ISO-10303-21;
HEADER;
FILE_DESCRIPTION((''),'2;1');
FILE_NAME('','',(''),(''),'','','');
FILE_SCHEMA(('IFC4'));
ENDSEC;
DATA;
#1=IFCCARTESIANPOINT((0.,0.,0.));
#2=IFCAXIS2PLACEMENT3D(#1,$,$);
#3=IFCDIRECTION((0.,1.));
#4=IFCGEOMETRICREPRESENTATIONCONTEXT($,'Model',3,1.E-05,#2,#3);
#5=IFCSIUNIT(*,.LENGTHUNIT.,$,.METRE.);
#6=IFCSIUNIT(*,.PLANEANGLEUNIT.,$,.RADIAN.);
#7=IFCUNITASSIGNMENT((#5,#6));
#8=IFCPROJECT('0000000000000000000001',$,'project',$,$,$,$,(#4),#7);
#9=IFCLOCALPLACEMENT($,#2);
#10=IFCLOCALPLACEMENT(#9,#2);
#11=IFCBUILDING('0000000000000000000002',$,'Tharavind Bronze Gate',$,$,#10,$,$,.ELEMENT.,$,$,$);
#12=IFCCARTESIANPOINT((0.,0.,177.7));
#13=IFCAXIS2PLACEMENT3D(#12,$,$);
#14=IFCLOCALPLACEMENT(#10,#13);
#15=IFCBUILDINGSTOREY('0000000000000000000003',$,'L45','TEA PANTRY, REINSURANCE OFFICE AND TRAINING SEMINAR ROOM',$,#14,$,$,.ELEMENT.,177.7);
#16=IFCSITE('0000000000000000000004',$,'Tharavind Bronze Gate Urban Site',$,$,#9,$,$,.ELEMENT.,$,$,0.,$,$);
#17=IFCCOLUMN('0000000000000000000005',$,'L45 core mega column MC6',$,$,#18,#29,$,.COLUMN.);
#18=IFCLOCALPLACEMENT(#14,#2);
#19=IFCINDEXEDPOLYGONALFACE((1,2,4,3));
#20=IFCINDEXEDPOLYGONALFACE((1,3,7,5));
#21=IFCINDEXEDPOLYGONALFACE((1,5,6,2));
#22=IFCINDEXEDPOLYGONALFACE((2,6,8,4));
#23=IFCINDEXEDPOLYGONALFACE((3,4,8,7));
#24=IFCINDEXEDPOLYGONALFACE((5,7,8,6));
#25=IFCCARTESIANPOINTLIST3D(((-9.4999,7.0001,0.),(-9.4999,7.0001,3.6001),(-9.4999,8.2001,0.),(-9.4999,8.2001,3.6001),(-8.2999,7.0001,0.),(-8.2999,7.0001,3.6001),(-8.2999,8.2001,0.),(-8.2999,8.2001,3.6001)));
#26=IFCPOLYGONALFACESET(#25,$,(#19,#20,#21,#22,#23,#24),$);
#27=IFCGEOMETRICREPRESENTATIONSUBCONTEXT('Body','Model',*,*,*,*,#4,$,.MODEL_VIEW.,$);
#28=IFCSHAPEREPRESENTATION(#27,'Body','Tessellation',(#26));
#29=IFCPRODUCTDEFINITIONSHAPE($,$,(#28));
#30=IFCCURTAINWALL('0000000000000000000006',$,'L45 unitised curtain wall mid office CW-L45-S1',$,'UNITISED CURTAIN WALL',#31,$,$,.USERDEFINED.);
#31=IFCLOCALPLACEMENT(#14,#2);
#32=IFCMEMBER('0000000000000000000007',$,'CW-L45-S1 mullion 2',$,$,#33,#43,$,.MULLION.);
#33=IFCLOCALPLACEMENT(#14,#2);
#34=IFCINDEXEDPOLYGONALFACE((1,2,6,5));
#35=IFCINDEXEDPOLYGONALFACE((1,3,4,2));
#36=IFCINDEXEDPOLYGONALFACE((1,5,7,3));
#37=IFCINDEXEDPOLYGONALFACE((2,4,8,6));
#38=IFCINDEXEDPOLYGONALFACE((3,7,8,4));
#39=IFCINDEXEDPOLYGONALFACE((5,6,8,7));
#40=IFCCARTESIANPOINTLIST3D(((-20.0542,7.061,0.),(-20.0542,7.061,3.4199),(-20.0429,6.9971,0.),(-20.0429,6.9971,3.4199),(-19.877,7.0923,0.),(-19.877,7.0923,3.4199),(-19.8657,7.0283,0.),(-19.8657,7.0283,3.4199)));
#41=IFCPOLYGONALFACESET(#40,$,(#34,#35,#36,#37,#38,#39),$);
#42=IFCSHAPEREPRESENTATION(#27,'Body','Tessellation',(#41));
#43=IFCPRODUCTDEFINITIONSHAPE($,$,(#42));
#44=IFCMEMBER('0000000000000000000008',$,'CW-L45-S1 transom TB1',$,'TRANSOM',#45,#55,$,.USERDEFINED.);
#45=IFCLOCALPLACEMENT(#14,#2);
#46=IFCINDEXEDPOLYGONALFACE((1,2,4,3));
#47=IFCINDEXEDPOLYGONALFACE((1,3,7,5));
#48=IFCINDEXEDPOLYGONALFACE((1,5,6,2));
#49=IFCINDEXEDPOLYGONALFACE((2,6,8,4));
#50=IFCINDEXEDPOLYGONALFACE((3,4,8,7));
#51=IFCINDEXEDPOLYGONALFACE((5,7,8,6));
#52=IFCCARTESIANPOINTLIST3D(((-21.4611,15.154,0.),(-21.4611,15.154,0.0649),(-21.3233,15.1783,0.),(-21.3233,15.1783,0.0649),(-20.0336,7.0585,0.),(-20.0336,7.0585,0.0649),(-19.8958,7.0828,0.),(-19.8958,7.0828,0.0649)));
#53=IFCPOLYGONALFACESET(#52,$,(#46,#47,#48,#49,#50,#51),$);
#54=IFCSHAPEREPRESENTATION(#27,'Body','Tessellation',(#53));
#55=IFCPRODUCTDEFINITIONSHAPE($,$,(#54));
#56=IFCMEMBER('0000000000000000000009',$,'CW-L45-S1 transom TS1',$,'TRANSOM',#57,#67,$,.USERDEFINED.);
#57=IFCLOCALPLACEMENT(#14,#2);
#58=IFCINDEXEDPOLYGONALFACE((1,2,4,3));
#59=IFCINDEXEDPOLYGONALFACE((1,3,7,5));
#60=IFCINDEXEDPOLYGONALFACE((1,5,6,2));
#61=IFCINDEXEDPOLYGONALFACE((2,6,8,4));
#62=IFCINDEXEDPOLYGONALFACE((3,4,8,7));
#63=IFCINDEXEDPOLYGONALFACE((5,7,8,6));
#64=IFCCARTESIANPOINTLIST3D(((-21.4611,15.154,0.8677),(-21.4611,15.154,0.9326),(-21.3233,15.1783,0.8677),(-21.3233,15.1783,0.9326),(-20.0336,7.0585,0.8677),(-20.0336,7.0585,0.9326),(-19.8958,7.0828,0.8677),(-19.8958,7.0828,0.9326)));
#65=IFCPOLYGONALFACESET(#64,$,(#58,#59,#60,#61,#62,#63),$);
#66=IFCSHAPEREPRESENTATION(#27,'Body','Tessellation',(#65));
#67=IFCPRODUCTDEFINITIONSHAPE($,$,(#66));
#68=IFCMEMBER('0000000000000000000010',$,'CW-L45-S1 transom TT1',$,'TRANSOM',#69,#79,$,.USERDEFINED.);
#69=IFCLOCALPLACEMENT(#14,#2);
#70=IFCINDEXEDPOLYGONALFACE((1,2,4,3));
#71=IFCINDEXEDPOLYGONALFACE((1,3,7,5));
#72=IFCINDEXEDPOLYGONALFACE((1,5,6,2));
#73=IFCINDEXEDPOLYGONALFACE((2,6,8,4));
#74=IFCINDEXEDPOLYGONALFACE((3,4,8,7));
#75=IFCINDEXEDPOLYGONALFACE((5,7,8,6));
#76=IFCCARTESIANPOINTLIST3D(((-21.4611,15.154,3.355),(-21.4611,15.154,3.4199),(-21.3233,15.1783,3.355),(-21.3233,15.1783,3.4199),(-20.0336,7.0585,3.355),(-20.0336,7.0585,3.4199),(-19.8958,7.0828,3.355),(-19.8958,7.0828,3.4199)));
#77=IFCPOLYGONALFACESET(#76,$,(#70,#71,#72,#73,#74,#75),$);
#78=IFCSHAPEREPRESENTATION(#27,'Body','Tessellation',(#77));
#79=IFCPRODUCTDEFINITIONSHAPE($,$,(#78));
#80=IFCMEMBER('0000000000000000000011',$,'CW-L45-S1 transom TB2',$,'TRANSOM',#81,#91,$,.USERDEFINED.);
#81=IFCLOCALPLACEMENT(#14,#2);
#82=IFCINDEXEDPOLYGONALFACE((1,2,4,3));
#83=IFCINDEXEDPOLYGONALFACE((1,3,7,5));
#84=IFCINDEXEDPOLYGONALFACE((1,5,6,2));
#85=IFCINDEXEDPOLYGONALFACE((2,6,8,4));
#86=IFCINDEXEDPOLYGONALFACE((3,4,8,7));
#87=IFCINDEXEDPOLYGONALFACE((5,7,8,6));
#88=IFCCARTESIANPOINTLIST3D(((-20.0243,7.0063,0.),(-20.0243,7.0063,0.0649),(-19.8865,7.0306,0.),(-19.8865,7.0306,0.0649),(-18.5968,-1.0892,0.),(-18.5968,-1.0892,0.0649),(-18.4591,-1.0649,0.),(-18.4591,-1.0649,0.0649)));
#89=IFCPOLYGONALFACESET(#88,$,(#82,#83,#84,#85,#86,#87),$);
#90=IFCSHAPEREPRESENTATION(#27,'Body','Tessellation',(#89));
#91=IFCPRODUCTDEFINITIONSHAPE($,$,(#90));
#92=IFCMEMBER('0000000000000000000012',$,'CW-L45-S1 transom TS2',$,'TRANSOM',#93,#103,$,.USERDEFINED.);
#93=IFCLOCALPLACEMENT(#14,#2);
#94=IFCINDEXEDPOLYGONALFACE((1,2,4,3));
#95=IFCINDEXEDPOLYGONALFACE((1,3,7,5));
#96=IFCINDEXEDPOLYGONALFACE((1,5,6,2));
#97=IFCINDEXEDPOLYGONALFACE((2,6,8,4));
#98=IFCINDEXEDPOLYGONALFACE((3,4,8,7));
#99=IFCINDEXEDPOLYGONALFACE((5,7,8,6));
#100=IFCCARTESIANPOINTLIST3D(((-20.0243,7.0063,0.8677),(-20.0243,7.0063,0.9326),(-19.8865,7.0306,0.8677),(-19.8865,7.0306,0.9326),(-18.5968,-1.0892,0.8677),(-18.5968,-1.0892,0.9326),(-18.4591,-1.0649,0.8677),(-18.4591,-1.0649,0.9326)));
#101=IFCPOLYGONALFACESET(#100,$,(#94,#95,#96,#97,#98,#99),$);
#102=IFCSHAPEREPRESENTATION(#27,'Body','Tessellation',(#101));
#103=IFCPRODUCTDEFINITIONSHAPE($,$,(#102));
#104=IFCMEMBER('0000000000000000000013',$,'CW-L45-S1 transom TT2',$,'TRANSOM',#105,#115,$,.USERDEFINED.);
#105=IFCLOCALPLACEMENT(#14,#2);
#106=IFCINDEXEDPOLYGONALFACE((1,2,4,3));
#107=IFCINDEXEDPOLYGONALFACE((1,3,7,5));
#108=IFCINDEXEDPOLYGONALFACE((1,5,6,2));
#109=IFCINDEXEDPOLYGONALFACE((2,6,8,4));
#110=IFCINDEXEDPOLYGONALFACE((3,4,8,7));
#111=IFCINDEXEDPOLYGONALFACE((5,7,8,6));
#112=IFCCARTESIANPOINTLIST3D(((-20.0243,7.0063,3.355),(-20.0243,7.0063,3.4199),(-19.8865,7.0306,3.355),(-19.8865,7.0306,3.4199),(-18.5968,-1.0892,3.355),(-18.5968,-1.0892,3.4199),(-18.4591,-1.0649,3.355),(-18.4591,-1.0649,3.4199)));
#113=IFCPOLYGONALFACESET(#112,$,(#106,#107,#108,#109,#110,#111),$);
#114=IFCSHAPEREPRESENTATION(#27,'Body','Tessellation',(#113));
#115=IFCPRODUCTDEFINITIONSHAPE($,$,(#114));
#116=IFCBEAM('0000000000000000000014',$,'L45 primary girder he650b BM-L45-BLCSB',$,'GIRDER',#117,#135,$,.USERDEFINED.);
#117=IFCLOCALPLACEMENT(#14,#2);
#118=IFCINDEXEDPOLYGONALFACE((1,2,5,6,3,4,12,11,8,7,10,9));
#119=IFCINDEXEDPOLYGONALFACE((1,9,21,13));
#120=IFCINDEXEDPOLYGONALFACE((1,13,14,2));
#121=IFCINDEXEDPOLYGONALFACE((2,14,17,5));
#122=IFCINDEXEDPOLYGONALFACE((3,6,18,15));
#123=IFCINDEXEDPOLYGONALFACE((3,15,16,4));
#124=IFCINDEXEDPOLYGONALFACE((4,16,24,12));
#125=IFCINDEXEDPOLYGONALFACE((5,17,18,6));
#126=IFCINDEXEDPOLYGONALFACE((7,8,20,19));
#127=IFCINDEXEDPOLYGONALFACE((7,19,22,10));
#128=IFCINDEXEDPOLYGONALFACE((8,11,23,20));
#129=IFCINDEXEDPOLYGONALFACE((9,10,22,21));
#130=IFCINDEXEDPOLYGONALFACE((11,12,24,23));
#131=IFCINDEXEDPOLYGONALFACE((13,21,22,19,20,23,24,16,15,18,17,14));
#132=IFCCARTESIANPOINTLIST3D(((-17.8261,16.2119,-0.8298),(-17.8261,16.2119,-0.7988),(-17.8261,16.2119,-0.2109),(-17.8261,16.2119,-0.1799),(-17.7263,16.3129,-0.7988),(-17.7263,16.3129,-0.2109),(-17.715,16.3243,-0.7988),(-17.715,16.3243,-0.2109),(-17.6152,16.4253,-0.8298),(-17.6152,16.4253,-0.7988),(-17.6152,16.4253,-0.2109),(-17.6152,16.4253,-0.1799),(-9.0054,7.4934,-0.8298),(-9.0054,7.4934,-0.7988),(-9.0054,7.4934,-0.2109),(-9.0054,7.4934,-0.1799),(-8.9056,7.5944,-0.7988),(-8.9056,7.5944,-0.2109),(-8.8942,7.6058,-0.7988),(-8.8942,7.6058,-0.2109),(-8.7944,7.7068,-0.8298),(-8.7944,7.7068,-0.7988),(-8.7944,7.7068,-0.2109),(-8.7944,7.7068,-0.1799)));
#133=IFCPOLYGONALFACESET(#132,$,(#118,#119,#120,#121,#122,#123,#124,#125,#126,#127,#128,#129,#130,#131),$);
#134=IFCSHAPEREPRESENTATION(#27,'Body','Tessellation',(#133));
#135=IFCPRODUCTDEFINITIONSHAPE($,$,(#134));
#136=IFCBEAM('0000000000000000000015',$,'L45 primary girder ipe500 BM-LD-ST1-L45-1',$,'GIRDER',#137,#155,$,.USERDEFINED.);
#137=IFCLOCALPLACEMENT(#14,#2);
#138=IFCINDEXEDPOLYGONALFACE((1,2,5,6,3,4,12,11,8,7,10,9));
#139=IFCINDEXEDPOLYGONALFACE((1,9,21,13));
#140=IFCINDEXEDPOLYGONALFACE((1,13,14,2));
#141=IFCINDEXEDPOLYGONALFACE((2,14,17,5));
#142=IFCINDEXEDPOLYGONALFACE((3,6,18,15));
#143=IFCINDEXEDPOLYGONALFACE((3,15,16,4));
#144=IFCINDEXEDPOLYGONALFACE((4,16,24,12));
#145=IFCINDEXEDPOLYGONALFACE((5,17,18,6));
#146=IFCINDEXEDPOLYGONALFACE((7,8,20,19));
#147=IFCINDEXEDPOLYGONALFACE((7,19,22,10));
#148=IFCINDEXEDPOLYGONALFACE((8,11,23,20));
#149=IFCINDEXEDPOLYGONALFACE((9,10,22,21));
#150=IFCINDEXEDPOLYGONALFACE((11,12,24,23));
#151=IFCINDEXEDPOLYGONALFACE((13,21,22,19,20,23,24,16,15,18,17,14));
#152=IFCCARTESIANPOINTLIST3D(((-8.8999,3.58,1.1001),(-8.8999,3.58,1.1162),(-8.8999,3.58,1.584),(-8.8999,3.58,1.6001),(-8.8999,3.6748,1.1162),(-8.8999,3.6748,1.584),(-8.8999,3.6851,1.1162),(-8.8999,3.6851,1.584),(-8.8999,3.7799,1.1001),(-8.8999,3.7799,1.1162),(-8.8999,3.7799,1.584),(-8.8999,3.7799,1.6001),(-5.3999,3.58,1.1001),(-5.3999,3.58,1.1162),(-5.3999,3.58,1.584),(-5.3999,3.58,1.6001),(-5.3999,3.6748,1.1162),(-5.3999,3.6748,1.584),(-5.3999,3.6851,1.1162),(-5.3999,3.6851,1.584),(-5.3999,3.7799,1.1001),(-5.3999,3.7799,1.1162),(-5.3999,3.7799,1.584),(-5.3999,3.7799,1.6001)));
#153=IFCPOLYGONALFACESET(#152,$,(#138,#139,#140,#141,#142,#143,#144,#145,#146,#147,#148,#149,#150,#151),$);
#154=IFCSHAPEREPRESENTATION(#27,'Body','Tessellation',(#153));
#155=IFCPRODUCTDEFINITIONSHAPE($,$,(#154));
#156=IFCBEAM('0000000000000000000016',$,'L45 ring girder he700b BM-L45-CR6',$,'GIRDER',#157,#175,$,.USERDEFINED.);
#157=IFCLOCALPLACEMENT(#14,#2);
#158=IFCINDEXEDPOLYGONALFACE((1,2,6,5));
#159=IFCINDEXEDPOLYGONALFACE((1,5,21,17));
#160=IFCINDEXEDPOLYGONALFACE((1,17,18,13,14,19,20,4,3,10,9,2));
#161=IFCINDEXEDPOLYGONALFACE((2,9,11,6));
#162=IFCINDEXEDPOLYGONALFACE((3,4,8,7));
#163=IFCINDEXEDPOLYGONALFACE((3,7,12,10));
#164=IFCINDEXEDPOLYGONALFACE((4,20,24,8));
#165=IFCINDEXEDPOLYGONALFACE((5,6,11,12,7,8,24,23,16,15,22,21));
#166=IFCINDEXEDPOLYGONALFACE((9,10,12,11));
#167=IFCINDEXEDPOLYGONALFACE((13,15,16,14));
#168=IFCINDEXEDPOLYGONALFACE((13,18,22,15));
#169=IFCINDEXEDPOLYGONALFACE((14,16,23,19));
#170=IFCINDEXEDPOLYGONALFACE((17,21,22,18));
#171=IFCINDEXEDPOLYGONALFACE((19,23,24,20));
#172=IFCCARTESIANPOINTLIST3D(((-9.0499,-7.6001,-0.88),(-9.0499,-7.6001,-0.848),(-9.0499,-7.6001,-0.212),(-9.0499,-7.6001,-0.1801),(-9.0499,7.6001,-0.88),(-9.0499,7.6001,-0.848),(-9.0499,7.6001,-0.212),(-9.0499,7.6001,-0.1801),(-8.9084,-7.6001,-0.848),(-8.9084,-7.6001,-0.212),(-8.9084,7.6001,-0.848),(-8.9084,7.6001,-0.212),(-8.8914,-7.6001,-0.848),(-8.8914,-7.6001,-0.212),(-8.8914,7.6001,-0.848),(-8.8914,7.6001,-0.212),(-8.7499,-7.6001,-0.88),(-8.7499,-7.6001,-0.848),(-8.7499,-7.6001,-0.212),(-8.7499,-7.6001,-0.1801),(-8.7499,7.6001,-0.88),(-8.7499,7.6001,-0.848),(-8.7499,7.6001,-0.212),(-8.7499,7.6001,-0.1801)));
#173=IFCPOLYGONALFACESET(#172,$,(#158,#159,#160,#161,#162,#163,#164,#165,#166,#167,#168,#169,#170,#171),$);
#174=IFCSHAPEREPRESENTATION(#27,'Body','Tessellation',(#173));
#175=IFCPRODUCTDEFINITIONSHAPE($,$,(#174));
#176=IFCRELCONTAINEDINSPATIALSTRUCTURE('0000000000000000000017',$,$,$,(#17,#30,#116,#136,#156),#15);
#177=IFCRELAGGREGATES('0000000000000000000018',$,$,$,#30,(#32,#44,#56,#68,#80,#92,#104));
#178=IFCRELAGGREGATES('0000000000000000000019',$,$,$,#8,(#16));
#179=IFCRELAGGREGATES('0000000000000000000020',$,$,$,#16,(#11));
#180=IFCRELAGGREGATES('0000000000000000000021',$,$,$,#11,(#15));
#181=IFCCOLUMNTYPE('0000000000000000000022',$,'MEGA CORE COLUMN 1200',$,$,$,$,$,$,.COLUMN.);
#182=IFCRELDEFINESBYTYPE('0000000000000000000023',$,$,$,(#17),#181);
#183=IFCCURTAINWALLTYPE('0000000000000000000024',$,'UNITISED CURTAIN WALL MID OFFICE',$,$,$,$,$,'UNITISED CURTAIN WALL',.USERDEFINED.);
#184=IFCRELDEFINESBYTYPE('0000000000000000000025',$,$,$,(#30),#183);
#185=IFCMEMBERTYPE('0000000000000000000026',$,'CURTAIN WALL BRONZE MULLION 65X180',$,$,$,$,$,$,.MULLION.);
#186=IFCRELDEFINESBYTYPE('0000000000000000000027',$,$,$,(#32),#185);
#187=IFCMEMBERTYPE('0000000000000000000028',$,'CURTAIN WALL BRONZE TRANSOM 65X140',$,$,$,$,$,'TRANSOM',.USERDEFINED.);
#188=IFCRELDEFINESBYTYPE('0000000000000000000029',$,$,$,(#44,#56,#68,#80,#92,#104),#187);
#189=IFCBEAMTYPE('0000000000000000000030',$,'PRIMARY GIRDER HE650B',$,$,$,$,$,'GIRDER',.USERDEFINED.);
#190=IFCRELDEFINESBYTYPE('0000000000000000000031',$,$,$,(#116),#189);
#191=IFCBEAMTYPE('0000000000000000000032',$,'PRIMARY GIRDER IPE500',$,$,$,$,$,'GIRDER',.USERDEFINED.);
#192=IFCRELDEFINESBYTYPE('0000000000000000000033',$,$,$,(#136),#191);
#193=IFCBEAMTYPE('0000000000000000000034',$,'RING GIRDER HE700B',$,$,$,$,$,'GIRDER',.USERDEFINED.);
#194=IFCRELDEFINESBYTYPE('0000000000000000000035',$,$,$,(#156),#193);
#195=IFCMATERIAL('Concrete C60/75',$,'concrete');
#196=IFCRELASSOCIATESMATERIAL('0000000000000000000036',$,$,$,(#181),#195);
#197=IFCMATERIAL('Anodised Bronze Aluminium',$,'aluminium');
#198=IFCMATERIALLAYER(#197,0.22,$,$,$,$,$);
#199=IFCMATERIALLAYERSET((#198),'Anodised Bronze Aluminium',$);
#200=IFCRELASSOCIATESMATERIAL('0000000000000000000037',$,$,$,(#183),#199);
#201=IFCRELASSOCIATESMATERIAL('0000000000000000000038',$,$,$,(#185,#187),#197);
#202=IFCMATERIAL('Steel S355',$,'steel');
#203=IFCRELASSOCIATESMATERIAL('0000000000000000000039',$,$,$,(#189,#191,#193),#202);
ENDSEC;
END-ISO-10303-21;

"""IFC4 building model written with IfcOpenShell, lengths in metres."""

from ifc_helpers import new_model, si_unit, direction, frame, origin, origin_2d, place, context, subcontext, project, spatial, rectangle, i_section, extrude, material, layer, layer_set, material_profile, profile_set, type_object, element, aggregate, save


model = new_model("IFC4")

# Units and contexts
model_context = context("Model", 3, precision=1e-05, world=origin(), true_north=direction((0.0, 1.0)))
body_context = subcontext(model_context, "Body", "Model", "MODEL_VIEW")
ifc_project = project(units=[si_unit("LENGTHUNIT", "METRE"), si_unit("PLANEANGLEUNIT", "RADIAN")], contexts=[model_context])

# Site, building, storey
site_placement = place(None, origin())
site = spatial("IfcSite", under=ifc_project, at=site_placement, Name="Tharavind Bronze Gate Urban Site", CompositionType="ELEMENT", RefElevation=0.0)
building_placement = place(site_placement, origin())
building = spatial("IfcBuilding", under=site, at=building_placement, Name="Tharavind Bronze Gate", CompositionType="ELEMENT")
storey_placement = place(building_placement, frame((0.0, 0.0, 177.7)))
storey = spatial("IfcBuildingStorey", under=building, at=storey_placement, Name="L45", Description="TEA PANTRY, REINSURANCE OFFICE AND TRAINING SEMINAR ROOM", CompositionType="ELEMENT", Elevation=177.7)

# Column
ifc_material_1 = material(Name="Concrete C60/75", Category="concrete")
ifc_material_profile_1 = material_profile(ifc_material_1, rectangle(XDim=1.2, YDim=1.2, at=origin_2d()), Name="RCCOL1200")
ifc_profile_set_1 = profile_set([ifc_material_profile_1], Name="Concrete C60/75")
column_type = type_object("IfcColumnType", Name="MEGA CORE COLUMN 1200", PredefinedType="COLUMN", material=ifc_profile_set_1)
column_placement = place(storey_placement, frame((-8.8999, 7.6001, 0.0), z_axis=(0.0, 0.0, 1.0), x_axis=(1.0, 0.0, 0.0)))
element("IfcColumn", 1, at=column_placement, inside=storey, type_object=column_type, Name="L45 core mega column MC6", PredefinedType="COLUMN", context=body_context, shape_type="SweptSolid", body=[
    extrude(rectangle(XDim=1.2, YDim=1.2, at=origin_2d()), origin(), (0.0, 0.0, 1.0), 3.6001),
])

# Curtain wall, members
ifc_material_2 = material(Name="Anodised Bronze Aluminium", Category="aluminium")
ifc_layer_1 = layer(ifc_material_2, 0.22)
ifc_layer_set_1 = layer_set([ifc_layer_1], Name="Anodised Bronze Aluminium")
curtain_wall_type = type_object("IfcCurtainWallType", Name="UNITISED CURTAIN WALL MID OFFICE", ElementType="UNITISED CURTAIN WALL", PredefinedType="USERDEFINED", material=ifc_layer_set_1)
curtain_wall_placement = place(storey_placement, origin())
curtain_wall = element("IfcCurtainWall", 2, at=curtain_wall_placement, inside=storey, type_object=curtain_wall_type, Name="L45 unitised curtain wall mid office CW-L45-S1", ObjectType="UNITISED CURTAIN WALL", PredefinedType="USERDEFINED")
member_type_1 = type_object("IfcMemberType", Name="CURTAIN WALL BRONZE MULLION 65X180", PredefinedType="MULLION", material=ifc_material_2)
member_1_placement = place(storey_placement, frame((-19.96, 7.0447, 0.0), z_axis=(0.0, 0.0, 1.0), x_axis=(0.173648, -0.984808, 0.0)))
member_1 = element("IfcMember", 3, at=member_1_placement, type_object=member_type_1, Name="CW-L45-S1 mullion 2", PredefinedType="MULLION", context=body_context, shape_type="SweptSolid", body=[
    extrude(rectangle(XDim=0.0649, YDim=0.1799, at=origin_2d()), origin(), (0.0, 0.0, 1.0), 3.4199),
])
member_type_2 = type_object("IfcMemberType", Name="CURTAIN WALL BRONZE TRANSOM 65X140", ElementType="TRANSOM", PredefinedType="USERDEFINED", material=ifc_material_2)
member_2_placement = place(storey_placement, frame((-20.6785, 11.1184, 0.0), z_axis=(0.0, 0.0, 1.0), x_axis=(0.173648, -0.984808, 0.0)))
member_2 = element("IfcMember", 4, at=member_2_placement, type_object=member_type_2, Name="CW-L45-S1 transom TB1", ObjectType="TRANSOM", PredefinedType="USERDEFINED", context=body_context, shape_type="SweptSolid", body=[
    extrude(rectangle(XDim=8.2205, YDim=0.1399, at=origin_2d()), origin(), (0.0, 0.0, 1.0), 0.0649),
])
member_3_placement = place(storey_placement, frame((-20.6785, 11.1184, 0.8677), z_axis=(0.0, 0.0, 1.0), x_axis=(0.173648, -0.984808, 0.0)))
member_3 = element("IfcMember", 5, at=member_3_placement, type_object=member_type_2, Name="CW-L45-S1 transom TS1", ObjectType="TRANSOM", PredefinedType="USERDEFINED", context=body_context, shape_type="SweptSolid", body=[
    extrude(rectangle(XDim=8.2205, YDim=0.1399, at=origin_2d()), origin(), (0.0, 0.0, 1.0), 0.0649),
])
member_4_placement = place(storey_placement, frame((-20.6785, 11.1184, 3.355), z_axis=(0.0, 0.0, 1.0), x_axis=(0.173648, -0.984808, 0.0)))
member_4 = element("IfcMember", 6, at=member_4_placement, type_object=member_type_2, Name="CW-L45-S1 transom TT1", ObjectType="TRANSOM", PredefinedType="USERDEFINED", context=body_context, shape_type="SweptSolid", body=[
    extrude(rectangle(XDim=8.2205, YDim=0.1399, at=origin_2d()), origin(), (0.0, 0.0, 1.0), 0.0649),
])
member_5_placement = place(storey_placement, frame((-19.2417, 2.9707, 0.0), z_axis=(0.0, 0.0, 1.0), x_axis=(0.173648, -0.984808, 0.0)))
member_5 = element("IfcMember", 7, at=member_5_placement, type_object=member_type_2, Name="CW-L45-S1 transom TB2", ObjectType="TRANSOM", PredefinedType="USERDEFINED", context=body_context, shape_type="SweptSolid", body=[
    extrude(rectangle(XDim=8.2205, YDim=0.1399, at=origin_2d()), origin(), (0.0, 0.0, 1.0), 0.0649),
])
member_6_placement = place(storey_placement, frame((-19.2417, 2.9707, 0.8677), z_axis=(0.0, 0.0, 1.0), x_axis=(0.173648, -0.984808, 0.0)))
member_6 = element("IfcMember", 8, at=member_6_placement, type_object=member_type_2, Name="CW-L45-S1 transom TS2", ObjectType="TRANSOM", PredefinedType="USERDEFINED", context=body_context, shape_type="SweptSolid", body=[
    extrude(rectangle(XDim=8.2205, YDim=0.1399, at=origin_2d()), origin(), (0.0, 0.0, 1.0), 0.0649),
])
member_7_placement = place(storey_placement, frame((-19.2417, 2.9707, 3.355), z_axis=(0.0, 0.0, 1.0), x_axis=(0.173648, -0.984808, 0.0)))
member_7 = element("IfcMember", 9, at=member_7_placement, type_object=member_type_2, Name="CW-L45-S1 transom TT2", ObjectType="TRANSOM", PredefinedType="USERDEFINED", context=body_context, shape_type="SweptSolid", body=[
    extrude(rectangle(XDim=8.2205, YDim=0.1399, at=origin_2d()), origin(), (0.0, 0.0, 1.0), 0.0649),
])

# Beams
ifc_material_3 = material(Name="Steel S355", Category="steel")
ifc_material_profile_2 = material_profile(ifc_material_3, i_section(OverallWidth=0.3, OverallDepth=0.6499, WebThickness=0.0161, FlangeThickness=0.031, at=origin_2d()), Name="HE650B")
ifc_profile_set_2 = profile_set([ifc_material_profile_2], Name="Steel S355")
beam_type_1 = type_object("IfcBeamType", Name="PRIMARY GIRDER HE650B", ElementType="GIRDER", PredefinedType="USERDEFINED", material=ifc_profile_set_2)
beam_1_placement = place(storey_placement, frame((-8.8999, 7.6001, -0.5049), z_axis=(-0.711219, 0.702971, 0.0), x_axis=(-0.702971, -0.711219, 0.0)))
element("IfcBeam", 10, at=beam_1_placement, inside=storey, type_object=beam_type_1, Name="L45 primary girder he650b BM-L45-BLCSB", ObjectType="GIRDER", PredefinedType="USERDEFINED", context=body_context, shape_type="SweptSolid", body=[
    extrude(i_section(OverallWidth=0.3, OverallDepth=0.6499, WebThickness=0.0161, FlangeThickness=0.031, at=origin_2d()), origin(), (0.0, 0.0, 1.0), 12.4023),
])
ifc_material_profile_3 = material_profile(ifc_material_3, i_section(OverallWidth=0.2, OverallDepth=0.5, WebThickness=0.0103, FlangeThickness=0.0161, at=origin_2d()), Name="IPE500")
ifc_profile_set_3 = profile_set([ifc_material_profile_3], Name="Steel S355")
beam_type_2 = type_object("IfcBeamType", Name="PRIMARY GIRDER IPE500", ElementType="GIRDER", PredefinedType="USERDEFINED", material=ifc_profile_set_3)
beam_2_placement = place(storey_placement, frame((-8.8999, 3.6799, 1.3501), z_axis=(1.0, 0.0, 0.0), x_axis=(0.0, 1.0, 0.0)))
element("IfcBeam", 11, at=beam_2_placement, inside=storey, type_object=beam_type_2, Name="L45 primary girder ipe500 BM-LD-ST1-L45-1", ObjectType="GIRDER", PredefinedType="USERDEFINED", context=body_context, shape_type="SweptSolid", body=[
    extrude(i_section(OverallWidth=0.2, OverallDepth=0.5, WebThickness=0.0103, FlangeThickness=0.0161, at=origin_2d()), origin(), (0.0, 0.0, 1.0), 3.5),
])
ifc_material_profile_4 = material_profile(ifc_material_3, i_section(OverallWidth=0.3, OverallDepth=0.7, WebThickness=0.0171, FlangeThickness=0.032, at=origin_2d()), Name="HE700B")
ifc_profile_set_4 = profile_set([ifc_material_profile_4], Name="Steel S355")
beam_type_3 = type_object("IfcBeamType", Name="RING GIRDER HE700B", ElementType="GIRDER", PredefinedType="USERDEFINED", material=ifc_profile_set_4)
beam_3_placement = place(storey_placement, frame((-8.8999, 7.6001, -0.53), z_axis=(0.0, -1.0, 0.0), x_axis=(1.0, 0.0, 0.0)))
element("IfcBeam", 12, at=beam_3_placement, inside=storey, type_object=beam_type_3, Name="L45 ring girder he700b BM-L45-CR6", ObjectType="GIRDER", PredefinedType="USERDEFINED", context=body_context, shape_type="SweptSolid", body=[
    extrude(i_section(OverallWidth=0.3, OverallDepth=0.7, WebThickness=0.0171, FlangeThickness=0.032, at=origin_2d()), origin(), (0.0, 0.0, 1.0), 15.2002),
])

aggregate(curtain_wall, [member_1, member_2, member_3, member_4, member_5, member_6, member_7])

save(model, "model.ifc")
